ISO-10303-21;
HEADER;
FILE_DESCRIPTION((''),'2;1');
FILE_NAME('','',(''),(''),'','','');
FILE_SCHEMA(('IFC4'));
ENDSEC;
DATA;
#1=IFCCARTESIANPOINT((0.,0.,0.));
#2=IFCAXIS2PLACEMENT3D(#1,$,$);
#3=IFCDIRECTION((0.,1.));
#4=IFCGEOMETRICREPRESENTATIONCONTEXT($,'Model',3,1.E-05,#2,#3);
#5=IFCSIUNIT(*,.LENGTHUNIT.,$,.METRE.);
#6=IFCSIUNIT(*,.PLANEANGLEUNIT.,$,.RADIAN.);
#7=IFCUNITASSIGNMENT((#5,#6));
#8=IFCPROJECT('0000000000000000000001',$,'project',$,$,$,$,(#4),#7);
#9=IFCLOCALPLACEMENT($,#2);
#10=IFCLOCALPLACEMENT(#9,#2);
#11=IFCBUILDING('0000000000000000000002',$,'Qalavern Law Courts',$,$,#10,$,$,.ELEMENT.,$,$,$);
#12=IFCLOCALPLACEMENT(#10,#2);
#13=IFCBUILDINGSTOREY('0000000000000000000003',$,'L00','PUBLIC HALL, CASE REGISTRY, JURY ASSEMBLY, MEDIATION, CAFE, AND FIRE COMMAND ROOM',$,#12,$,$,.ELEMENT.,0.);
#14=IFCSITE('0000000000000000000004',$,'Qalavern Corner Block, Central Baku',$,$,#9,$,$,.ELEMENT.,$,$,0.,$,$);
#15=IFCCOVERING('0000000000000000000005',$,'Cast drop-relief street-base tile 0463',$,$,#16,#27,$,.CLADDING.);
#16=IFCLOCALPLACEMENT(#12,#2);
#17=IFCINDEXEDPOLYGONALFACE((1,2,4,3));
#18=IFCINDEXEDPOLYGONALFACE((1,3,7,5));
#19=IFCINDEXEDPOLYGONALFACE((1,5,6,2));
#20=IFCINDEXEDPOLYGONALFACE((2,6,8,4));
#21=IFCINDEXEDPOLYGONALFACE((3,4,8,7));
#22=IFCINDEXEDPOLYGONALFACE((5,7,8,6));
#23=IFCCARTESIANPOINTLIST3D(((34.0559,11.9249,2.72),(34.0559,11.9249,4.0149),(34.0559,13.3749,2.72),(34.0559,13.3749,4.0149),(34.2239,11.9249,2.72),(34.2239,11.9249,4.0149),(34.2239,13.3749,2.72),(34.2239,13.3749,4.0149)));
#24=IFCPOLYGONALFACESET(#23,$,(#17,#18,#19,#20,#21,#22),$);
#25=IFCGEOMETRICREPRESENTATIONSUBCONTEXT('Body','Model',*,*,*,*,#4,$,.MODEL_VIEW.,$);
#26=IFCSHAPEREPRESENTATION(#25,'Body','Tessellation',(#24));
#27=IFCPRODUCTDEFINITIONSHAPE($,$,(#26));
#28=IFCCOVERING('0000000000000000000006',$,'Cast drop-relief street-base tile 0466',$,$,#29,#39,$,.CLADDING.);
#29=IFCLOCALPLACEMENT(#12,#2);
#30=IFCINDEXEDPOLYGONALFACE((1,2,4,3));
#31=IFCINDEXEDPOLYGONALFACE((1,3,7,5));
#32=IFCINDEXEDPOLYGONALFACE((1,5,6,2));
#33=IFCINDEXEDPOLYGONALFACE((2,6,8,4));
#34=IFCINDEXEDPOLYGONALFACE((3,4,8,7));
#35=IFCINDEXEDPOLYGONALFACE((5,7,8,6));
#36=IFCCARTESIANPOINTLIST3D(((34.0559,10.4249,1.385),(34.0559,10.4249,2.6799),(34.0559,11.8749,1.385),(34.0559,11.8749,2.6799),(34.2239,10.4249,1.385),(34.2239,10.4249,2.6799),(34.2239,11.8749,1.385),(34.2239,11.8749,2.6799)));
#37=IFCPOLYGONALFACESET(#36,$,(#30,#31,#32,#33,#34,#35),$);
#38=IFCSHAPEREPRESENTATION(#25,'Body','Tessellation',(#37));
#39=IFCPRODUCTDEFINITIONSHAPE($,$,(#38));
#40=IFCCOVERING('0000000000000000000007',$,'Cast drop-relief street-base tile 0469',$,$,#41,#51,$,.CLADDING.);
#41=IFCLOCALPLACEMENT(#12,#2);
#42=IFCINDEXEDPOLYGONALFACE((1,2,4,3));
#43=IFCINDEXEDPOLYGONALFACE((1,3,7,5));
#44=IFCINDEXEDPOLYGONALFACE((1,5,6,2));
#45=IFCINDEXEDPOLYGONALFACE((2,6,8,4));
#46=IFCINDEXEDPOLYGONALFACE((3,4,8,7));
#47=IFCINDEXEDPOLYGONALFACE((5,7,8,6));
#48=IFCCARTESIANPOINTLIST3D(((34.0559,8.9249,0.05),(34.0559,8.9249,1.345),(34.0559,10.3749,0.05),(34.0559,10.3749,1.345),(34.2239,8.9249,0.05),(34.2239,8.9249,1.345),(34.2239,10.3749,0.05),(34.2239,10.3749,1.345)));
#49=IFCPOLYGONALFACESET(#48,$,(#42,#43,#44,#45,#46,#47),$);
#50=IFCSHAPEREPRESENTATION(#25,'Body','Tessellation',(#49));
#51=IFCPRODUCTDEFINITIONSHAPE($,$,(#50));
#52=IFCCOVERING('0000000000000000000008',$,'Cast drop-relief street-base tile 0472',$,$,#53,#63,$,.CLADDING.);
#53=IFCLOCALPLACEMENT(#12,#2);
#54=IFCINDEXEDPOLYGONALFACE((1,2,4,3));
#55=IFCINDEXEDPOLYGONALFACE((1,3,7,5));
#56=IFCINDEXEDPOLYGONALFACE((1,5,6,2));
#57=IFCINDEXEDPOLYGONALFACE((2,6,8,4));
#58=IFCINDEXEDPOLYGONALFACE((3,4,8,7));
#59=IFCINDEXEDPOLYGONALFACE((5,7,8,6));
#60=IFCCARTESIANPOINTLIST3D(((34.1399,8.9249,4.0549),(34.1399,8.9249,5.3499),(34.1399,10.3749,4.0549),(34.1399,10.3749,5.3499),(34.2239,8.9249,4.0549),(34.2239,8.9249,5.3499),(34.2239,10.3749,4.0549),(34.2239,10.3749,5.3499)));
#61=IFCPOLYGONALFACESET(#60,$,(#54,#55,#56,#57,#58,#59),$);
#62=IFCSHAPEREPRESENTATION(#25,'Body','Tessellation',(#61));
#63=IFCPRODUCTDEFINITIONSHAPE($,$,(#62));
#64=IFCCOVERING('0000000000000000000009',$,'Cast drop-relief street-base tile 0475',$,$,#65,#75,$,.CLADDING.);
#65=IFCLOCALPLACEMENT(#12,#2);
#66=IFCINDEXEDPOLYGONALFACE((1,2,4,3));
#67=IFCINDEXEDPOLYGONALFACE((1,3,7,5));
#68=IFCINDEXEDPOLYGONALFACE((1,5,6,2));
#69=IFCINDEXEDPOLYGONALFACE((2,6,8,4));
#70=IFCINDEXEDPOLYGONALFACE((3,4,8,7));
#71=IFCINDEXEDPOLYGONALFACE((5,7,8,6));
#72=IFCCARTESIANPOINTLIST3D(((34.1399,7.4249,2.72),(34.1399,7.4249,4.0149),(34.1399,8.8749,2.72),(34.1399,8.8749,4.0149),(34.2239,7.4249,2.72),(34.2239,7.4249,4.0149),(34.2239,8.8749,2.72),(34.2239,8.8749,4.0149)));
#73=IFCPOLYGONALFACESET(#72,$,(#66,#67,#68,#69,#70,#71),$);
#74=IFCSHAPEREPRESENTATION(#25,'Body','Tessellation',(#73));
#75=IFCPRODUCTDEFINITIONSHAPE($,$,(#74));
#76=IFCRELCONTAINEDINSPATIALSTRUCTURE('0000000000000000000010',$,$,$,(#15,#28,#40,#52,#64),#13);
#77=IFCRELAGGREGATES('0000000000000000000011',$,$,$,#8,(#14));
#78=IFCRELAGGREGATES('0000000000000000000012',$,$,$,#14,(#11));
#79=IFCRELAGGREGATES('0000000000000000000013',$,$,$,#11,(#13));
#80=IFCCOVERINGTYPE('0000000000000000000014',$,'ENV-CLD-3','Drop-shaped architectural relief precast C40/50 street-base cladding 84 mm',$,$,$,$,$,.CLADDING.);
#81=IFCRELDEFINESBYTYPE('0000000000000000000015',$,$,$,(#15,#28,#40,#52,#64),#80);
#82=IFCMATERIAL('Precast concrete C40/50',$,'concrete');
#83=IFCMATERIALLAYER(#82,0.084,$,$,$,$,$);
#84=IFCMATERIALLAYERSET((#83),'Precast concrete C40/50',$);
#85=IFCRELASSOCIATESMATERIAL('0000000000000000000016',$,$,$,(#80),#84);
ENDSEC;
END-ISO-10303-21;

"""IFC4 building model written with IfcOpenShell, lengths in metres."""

from ifc_helpers import new_model, si_unit, direction, frame, origin, origin_2d, place, context, subcontext, project, spatial, rectangle, extrude, material, layer, layer_set, type_object, element, save


model = new_model("IFC4")

# Units and contexts
model_context = context("Model", 3, precision=1e-05, world=origin(), true_north=direction((0.0, 1.0)))
body_context = subcontext(model_context, "Body", "Model", "MODEL_VIEW")
ifc_project = project(units=[si_unit("LENGTHUNIT", "METRE"), si_unit("PLANEANGLEUNIT", "RADIAN")], contexts=[model_context])

# Site, building, storey
site_placement = place(None, origin())
site = spatial("IfcSite", under=ifc_project, at=site_placement, Name="Qalavern Corner Block, Central Baku", CompositionType="ELEMENT", RefElevation=0.0)
building_placement = place(site_placement, origin())
building = spatial("IfcBuilding", under=site, at=building_placement, Name="Qalavern Law Courts", CompositionType="ELEMENT")
storey_placement = place(building_placement, origin())
storey = spatial("IfcBuildingStorey", under=building, at=storey_placement, Name="L00", Description="PUBLIC HALL, CASE REGISTRY, JURY ASSEMBLY, MEDIATION, CAFE, AND FIRE COMMAND ROOM", CompositionType="ELEMENT", Elevation=0.0)

# Coverings
ifc_material_1 = material(Name="Precast concrete C40/50", Category="concrete")
ifc_layer_1 = layer(ifc_material_1, 0.084)
ifc_layer_set_1 = layer_set([ifc_layer_1], Name="Precast concrete C40/50")
covering_type_1 = type_object("IfcCoveringType", Name="ENV-CLD-3", Description="Drop-shaped architectural relief precast C40/50 street-base cladding 84 mm", PredefinedType="CLADDING", material=ifc_layer_set_1)
for number, where, z_axis, x_axis, name in (
    (1, (34.1399, 12.6499, 2.72), (0.0, 0.0, 1.0), (0.0, -1.0, 0.0), "Cast drop-relief street-base tile 0463"),
    (2, (34.1399, 11.1499, 1.385), (0.0, 0.0, 1.0), (0.0, -1.0, 0.0), "Cast drop-relief street-base tile 0466"),
    (3, (34.1399, 9.6499, 0.05), (0.0, 0.0, 1.0), (0.0, -1.0, 0.0), "Cast drop-relief street-base tile 0469"),
):
    element("IfcCovering", number, at=place(storey_placement, frame(where, z_axis=z_axis, x_axis=x_axis)), inside=storey, type_object=covering_type_1, Name=name, PredefinedType="CLADDING", context=body_context, shape_type="SweptSolid", body=[
        extrude(rectangle(XDim=1.45, YDim=0.168, at=origin_2d()), origin(), (0.0, 0.0, 1.0), 1.2949),
    ])
for number, where, z_axis, x_axis, name in (
    (4, (34.1819, 9.6499, 4.0549), (0.0, 0.0, 1.0), (0.0, -1.0, 0.0), "Cast drop-relief street-base tile 0472"),
    (5, (34.1819, 8.1499, 2.72), (0.0, 0.0, 1.0), (0.0, -1.0, 0.0), "Cast drop-relief street-base tile 0475"),
):
    element("IfcCovering", number, at=place(storey_placement, frame(where, z_axis=z_axis, x_axis=x_axis)), inside=storey, type_object=covering_type_1, Name=name, PredefinedType="CLADDING", context=body_context, shape_type="SweptSolid", body=[
        extrude(rectangle(XDim=1.45, YDim=0.084, at=origin_2d()), origin(), (0.0, 0.0, 1.0), 1.2949),
    ])

save(model, "model.ifc")
